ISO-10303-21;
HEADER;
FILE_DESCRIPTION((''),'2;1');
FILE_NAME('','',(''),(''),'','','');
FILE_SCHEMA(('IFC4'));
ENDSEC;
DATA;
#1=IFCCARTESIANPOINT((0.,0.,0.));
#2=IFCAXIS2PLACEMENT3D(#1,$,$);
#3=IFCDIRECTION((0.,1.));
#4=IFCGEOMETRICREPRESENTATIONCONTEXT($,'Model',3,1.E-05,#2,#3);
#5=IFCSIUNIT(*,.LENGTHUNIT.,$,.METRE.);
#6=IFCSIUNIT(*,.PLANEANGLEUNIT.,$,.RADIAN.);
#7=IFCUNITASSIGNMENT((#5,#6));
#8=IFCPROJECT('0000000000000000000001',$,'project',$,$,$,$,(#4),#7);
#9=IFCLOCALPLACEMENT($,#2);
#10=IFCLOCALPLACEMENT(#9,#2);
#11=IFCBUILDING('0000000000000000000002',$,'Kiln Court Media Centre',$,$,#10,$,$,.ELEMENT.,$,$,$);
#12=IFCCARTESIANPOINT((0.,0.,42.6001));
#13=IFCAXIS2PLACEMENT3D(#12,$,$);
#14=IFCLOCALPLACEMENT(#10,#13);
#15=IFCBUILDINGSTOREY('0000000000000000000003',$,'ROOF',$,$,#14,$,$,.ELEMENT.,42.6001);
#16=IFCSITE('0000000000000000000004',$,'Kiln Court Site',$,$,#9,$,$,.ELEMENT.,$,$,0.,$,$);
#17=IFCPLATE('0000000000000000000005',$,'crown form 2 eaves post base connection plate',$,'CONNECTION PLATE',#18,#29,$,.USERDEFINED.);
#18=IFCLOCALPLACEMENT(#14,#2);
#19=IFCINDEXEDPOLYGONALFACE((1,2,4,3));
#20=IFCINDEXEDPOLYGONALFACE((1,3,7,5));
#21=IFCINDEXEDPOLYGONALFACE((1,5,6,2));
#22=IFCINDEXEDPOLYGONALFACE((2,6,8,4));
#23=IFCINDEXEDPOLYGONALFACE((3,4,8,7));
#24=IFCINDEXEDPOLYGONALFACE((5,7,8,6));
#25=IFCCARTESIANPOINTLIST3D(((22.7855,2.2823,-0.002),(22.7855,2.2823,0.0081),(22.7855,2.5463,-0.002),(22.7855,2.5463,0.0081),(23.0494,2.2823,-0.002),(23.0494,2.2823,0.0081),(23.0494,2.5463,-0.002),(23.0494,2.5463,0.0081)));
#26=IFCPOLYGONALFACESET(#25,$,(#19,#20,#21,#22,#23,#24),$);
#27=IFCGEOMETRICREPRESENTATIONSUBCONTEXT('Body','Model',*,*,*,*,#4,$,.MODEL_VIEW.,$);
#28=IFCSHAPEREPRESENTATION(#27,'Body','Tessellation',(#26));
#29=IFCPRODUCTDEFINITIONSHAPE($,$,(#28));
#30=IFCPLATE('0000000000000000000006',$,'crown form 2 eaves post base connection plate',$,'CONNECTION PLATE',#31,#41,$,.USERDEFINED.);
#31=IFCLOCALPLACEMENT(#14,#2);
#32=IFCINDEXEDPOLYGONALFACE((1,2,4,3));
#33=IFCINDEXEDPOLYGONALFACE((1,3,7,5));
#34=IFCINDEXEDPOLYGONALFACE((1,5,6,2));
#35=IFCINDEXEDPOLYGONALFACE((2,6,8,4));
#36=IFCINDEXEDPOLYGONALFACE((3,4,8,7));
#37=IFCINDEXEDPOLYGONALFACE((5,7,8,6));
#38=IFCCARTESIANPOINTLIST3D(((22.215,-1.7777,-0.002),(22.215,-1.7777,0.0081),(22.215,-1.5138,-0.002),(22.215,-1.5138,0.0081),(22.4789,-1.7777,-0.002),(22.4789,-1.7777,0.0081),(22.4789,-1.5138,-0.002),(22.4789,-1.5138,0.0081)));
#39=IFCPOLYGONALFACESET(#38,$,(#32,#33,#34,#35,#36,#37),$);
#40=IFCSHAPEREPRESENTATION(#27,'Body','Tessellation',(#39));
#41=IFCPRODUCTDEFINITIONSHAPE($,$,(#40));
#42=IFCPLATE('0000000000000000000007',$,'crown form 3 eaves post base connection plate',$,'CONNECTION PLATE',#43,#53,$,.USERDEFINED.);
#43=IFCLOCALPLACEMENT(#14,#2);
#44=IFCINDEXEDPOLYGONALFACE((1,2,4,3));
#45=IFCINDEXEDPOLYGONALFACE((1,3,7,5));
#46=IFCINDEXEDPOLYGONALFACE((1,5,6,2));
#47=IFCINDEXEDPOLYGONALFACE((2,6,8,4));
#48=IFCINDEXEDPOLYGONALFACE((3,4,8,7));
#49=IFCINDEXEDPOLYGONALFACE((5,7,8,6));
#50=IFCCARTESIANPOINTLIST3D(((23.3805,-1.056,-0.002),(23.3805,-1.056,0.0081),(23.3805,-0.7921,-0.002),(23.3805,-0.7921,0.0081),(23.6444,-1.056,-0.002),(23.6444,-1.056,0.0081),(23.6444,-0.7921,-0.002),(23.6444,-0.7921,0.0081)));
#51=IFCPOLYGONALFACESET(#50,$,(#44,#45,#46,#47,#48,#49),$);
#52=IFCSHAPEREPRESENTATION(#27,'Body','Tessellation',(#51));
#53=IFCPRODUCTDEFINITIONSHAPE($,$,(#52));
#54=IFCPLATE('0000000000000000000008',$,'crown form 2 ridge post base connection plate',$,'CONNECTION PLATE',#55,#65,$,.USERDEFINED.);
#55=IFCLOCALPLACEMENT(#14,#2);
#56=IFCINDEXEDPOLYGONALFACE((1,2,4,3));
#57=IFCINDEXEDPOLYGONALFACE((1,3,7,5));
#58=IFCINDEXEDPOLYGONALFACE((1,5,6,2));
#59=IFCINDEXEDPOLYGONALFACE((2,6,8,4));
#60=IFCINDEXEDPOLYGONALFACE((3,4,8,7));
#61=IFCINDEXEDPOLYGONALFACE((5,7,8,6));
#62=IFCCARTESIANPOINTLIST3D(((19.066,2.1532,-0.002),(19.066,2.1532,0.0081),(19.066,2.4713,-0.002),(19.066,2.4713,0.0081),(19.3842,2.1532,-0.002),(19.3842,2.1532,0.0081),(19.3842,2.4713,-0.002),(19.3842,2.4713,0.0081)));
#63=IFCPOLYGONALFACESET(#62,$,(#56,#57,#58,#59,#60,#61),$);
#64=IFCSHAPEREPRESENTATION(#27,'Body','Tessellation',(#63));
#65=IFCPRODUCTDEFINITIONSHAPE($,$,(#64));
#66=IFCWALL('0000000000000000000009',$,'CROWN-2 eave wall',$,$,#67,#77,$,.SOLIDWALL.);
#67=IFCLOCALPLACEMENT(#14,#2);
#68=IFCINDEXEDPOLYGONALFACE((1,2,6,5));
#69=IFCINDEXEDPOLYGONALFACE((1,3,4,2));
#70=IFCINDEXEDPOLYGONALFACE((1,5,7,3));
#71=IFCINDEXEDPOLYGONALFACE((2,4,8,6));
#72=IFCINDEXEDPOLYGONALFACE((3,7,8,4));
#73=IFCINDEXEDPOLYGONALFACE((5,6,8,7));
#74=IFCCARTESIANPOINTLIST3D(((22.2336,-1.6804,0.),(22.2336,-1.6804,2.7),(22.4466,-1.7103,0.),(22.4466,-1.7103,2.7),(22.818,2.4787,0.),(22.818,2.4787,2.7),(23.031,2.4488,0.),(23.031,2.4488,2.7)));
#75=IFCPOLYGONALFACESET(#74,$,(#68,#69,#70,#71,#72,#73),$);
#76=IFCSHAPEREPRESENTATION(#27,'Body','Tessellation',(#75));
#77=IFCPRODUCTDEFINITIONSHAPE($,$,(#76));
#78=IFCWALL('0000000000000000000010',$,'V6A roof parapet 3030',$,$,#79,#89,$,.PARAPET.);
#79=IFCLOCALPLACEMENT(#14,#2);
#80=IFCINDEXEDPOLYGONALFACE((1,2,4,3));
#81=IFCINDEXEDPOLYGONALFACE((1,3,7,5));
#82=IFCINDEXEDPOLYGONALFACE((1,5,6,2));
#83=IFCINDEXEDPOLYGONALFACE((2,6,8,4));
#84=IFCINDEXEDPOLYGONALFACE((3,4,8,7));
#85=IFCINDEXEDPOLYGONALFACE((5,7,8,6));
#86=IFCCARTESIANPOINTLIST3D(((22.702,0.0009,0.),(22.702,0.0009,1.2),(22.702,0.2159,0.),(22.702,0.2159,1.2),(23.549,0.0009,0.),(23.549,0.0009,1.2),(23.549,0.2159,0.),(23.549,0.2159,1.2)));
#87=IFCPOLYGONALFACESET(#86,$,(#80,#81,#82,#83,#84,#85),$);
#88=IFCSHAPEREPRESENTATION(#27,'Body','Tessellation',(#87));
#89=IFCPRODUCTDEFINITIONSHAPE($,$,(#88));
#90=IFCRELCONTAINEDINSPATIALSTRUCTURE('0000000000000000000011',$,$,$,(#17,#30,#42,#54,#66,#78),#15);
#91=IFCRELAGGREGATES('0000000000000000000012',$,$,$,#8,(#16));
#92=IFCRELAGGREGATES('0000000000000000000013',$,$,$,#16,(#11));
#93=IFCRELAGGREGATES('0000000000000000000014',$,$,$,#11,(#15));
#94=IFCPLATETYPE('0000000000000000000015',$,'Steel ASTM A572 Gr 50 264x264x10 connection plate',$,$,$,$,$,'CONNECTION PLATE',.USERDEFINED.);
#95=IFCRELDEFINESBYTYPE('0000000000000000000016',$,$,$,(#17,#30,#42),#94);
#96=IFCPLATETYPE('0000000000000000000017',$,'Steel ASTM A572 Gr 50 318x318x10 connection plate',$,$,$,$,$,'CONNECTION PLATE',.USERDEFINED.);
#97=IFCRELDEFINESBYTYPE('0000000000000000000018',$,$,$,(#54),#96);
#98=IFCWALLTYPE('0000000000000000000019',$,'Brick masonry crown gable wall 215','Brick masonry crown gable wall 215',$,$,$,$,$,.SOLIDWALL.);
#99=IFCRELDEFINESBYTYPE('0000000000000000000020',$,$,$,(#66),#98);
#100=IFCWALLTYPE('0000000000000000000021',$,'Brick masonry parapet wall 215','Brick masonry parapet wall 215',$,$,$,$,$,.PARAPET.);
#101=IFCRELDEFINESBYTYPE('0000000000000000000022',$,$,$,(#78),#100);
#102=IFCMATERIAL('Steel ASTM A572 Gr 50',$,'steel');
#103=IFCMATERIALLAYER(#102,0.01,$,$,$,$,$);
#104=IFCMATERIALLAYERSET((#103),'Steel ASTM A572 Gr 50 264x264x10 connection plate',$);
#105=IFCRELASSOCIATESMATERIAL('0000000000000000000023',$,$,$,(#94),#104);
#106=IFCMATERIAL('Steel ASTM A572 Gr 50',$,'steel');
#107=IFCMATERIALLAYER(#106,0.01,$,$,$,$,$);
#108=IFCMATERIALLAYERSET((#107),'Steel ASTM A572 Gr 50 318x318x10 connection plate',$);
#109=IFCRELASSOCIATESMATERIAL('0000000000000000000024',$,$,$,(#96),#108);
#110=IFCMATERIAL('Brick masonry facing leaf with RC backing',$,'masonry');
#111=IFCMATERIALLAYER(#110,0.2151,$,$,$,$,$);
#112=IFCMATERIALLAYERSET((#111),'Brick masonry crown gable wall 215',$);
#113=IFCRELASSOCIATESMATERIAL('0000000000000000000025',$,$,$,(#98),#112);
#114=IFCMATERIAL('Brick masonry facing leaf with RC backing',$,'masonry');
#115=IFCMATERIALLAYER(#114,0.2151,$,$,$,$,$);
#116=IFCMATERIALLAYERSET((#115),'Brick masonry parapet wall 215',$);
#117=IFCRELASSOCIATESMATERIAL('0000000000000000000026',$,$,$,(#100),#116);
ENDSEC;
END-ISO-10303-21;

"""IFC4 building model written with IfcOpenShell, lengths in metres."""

from ifc_helpers import new_model, si_unit, direction, frame, frame_2d, origin, origin_2d, place, context, subcontext, project, spatial, rectangle, extrude, material, layer, layer_set, type_object, element, save


model = new_model("IFC4")

# Units and contexts
model_context = context("Model", 3, precision=1e-05, world=origin(), true_north=direction((0.0, 1.0)))
body_context = subcontext(model_context, "Body", "Model", "MODEL_VIEW")
ifc_project = project(units=[si_unit("LENGTHUNIT", "METRE"), si_unit("PLANEANGLEUNIT", "RADIAN")], contexts=[model_context])

# Site, building, storey
site_placement = place(None, origin())
site = spatial("IfcSite", under=ifc_project, at=site_placement, Name="Kiln Court Site", CompositionType="ELEMENT", RefElevation=0.0)
building_placement = place(site_placement, origin())
building = spatial("IfcBuilding", under=site, at=building_placement, Name="Kiln Court Media Centre", CompositionType="ELEMENT")
storey_placement = place(building_placement, frame((0.0, 0.0, 42.6001)))
storey = spatial("IfcBuildingStorey", under=building, at=storey_placement, Name="ROOF", CompositionType="ELEMENT", Elevation=42.6001)

# Plates
ifc_material_1 = material(Name="Steel ASTM A572 Gr 50", Category="steel")
ifc_layer_1 = layer(ifc_material_1, 0.01)
ifc_layer_set_1 = layer_set([ifc_layer_1], Name="Steel ASTM A572 Gr 50 264x264x10 connection plate")
plate_type_1 = type_object("IfcPlateType", Name="Steel ASTM A572 Gr 50 264x264x10 connection plate", ElementType="CONNECTION PLATE", PredefinedType="USERDEFINED", material=ifc_layer_set_1)
for number, where, z_axis, x_axis, name in (
    (1, (22.9175, 2.4143, -0.002), (0.0, 0.0, 1.0), (1.0, 0.0, 0.0), "crown form 2 eaves post base connection plate"),
    (2, (22.3469, -1.6458, -0.002), (0.0, 0.0, 1.0), (1.0, 0.0, 0.0), "crown form 2 eaves post base connection plate"),
    (3, (23.5125, -0.9241, -0.002), (0.0, 0.0, 1.0), (1.0, 0.0, 0.0), "crown form 3 eaves post base connection plate"),
):
    element("IfcPlate", number, at=place(storey_placement, frame(where, z_axis=z_axis, x_axis=x_axis)), inside=storey, type_object=plate_type_1, Name=name, ObjectType="CONNECTION PLATE", PredefinedType="USERDEFINED", context=body_context, shape_type="SweptSolid", body=[
        extrude(rectangle(XDim=0.2639, YDim=0.2639, at=origin_2d()), origin(), (0.0, 0.0, 1.0), 0.01),
    ])
ifc_material_2 = material(Name="Steel ASTM A572 Gr 50", Category="steel")
ifc_layer_2 = layer(ifc_material_2, 0.01)
ifc_layer_set_2 = layer_set([ifc_layer_2], Name="Steel ASTM A572 Gr 50 318x318x10 connection plate")
plate_type_2 = type_object("IfcPlateType", Name="Steel ASTM A572 Gr 50 318x318x10 connection plate", ElementType="CONNECTION PLATE", PredefinedType="USERDEFINED", material=ifc_layer_set_2)
plate_placement = place(storey_placement, frame((19.2251, 2.3123, -0.002), z_axis=(0.0, 0.0, 1.0), x_axis=(1.0, 0.0, 0.0)))
element("IfcPlate", 4, at=plate_placement, inside=storey, type_object=plate_type_2, Name="crown form 2 ridge post base connection plate", ObjectType="CONNECTION PLATE", PredefinedType="USERDEFINED", context=body_context, shape_type="SweptSolid", body=[
    extrude(rectangle(XDim=0.3181, YDim=0.3181, at=origin_2d()), origin(), (0.0, 0.0, 1.0), 0.01),
])

# Walls
ifc_material_3 = material(Name="Brick masonry facing leaf with RC backing", Category="masonry")
ifc_layer_3 = layer(ifc_material_3, 0.2151)
ifc_layer_set_3 = layer_set([ifc_layer_3], Name="Brick masonry crown gable wall 215")
wall_type_1 = type_object("IfcWallType", Name="Brick masonry crown gable wall 215", Description="Brick masonry crown gable wall 215", PredefinedType="SOLIDWALL", material=ifc_layer_set_3)
wall_1_placement = place(storey_placement, frame((22.9246, 2.4639, 0.0), z_axis=(0.0, 0.0, 1.0), x_axis=(-0.139159, -0.99027, 0.0)))
element("IfcWall", 5, at=wall_1_placement, inside=storey, type_object=wall_type_1, Name="CROWN-2 eave wall", PredefinedType="SOLIDWALL", context=body_context, shape_type="SweptSolid", body=[
    extrude(rectangle(XDim=4.2, YDim=0.2151, at=frame_2d((2.1001, 0.0))), origin(), (0.0, 0.0, 1.0), 2.7),
])
ifc_material_4 = material(Name="Brick masonry facing leaf with RC backing", Category="masonry")
ifc_layer_4 = layer(ifc_material_4, 0.2151)
ifc_layer_set_4 = layer_set([ifc_layer_4], Name="Brick masonry parapet wall 215")
wall_type_2 = type_object("IfcWallType", Name="Brick masonry parapet wall 215", Description="Brick masonry parapet wall 215", PredefinedType="PARAPET", material=ifc_layer_set_4)
wall_2_placement = place(storey_placement, frame((22.7021, 0.1084, 0.0), z_axis=(0.0, 0.0, 1.0), x_axis=(1.0, 0.0, 0.0)))
element("IfcWall", 6, at=wall_2_placement, inside=storey, type_object=wall_type_2, Name="V6A roof parapet 3030", PredefinedType="PARAPET", context=body_context, shape_type="SweptSolid", body=[
    extrude(rectangle(XDim=0.8469, YDim=0.2151, at=frame_2d((0.4233, 0.0))), origin(), (0.0, 0.0, 1.0), 1.2),
])

save(model, "model.ifc")
